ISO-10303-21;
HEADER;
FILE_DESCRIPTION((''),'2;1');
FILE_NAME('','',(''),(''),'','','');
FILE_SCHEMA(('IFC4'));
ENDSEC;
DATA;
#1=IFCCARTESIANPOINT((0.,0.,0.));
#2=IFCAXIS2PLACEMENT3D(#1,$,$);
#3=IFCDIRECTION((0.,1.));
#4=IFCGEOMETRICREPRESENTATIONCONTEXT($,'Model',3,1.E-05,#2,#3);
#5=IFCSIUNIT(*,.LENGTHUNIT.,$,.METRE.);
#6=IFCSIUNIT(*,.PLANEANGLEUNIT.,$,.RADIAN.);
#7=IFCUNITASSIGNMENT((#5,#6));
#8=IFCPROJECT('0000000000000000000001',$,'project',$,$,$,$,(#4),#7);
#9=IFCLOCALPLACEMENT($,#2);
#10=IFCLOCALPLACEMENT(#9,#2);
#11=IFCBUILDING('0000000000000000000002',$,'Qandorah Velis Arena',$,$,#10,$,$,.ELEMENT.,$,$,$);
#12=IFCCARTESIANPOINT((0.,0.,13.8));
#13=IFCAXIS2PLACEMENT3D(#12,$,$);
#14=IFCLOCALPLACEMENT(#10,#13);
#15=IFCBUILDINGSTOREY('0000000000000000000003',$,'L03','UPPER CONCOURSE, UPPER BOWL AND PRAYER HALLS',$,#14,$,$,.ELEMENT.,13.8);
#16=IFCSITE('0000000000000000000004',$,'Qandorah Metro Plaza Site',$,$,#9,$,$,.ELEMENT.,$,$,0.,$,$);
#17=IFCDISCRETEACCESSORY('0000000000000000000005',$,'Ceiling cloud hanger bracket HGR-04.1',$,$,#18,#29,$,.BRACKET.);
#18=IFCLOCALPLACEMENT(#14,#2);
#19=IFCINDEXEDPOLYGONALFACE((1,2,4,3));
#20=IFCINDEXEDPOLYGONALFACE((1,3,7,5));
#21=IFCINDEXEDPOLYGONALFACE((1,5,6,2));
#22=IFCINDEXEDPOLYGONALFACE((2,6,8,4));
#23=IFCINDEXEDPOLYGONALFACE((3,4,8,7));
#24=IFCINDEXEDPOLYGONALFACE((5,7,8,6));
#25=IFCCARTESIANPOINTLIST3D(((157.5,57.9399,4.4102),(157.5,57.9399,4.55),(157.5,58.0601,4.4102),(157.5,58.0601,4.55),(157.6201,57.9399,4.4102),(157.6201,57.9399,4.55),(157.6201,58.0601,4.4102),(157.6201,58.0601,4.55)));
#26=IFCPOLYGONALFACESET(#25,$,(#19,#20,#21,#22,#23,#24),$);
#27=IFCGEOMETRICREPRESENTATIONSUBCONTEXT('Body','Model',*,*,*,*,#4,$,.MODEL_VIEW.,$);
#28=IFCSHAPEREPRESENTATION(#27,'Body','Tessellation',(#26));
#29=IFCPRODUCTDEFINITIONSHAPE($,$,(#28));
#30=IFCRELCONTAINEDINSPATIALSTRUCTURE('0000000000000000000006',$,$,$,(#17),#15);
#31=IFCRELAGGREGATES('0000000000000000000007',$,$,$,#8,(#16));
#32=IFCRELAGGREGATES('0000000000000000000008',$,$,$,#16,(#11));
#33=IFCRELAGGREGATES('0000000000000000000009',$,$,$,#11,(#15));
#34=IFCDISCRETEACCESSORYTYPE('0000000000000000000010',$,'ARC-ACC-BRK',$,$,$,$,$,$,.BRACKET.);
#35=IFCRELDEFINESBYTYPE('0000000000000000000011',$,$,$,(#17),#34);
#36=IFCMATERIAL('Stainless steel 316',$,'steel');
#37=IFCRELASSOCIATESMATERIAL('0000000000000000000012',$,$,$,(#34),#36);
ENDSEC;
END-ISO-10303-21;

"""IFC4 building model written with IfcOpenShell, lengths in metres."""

from ifc_helpers import new_model, si_unit, direction, frame, origin, origin_2d, place, context, subcontext, project, spatial, rectangle, extrude, material, type_object, element, save


model = new_model("IFC4")

# Units and contexts
model_context = context("Model", 3, precision=1e-05, world=origin(), true_north=direction((0.0, 1.0)))
body_context = subcontext(model_context, "Body", "Model", "MODEL_VIEW")
ifc_project = project(units=[si_unit("LENGTHUNIT", "METRE"), si_unit("PLANEANGLEUNIT", "RADIAN")], contexts=[model_context])

# Site, building, storey
site_placement = place(None, origin())
site = spatial("IfcSite", under=ifc_project, at=site_placement, Name="Qandorah Metro Plaza Site", CompositionType="ELEMENT", RefElevation=0.0)
building_placement = place(site_placement, origin())
building = spatial("IfcBuilding", under=site, at=building_placement, Name="Qandorah Velis Arena", CompositionType="ELEMENT")
storey_placement = place(building_placement, frame((0.0, 0.0, 13.8)))
storey = spatial("IfcBuildingStorey", under=building, at=storey_placement, Name="L03", Description="UPPER CONCOURSE, UPPER BOWL AND PRAYER HALLS", CompositionType="ELEMENT", Elevation=13.8)

# Discrete accessory
ifc_material_1 = material(Name="Stainless steel 316", Category="steel")
discrete_accessory_type = type_object("IfcDiscreteAccessoryType", Name="ARC-ACC-BRK", PredefinedType="BRACKET", material=ifc_material_1)
discrete_accessory_placement = place(storey_placement, frame((157.5601, 58.0, 4.4102), z_axis=(0.0, 0.0, 1.0), x_axis=(1.0, 0.0, 0.0)))
element("IfcDiscreteAccessory", 1, at=discrete_accessory_placement, inside=storey, type_object=discrete_accessory_type, Name="Ceiling cloud hanger bracket HGR-04.1", PredefinedType="BRACKET", context=body_context, shape_type="SweptSolid", body=[
    extrude(rectangle(XDim=0.1201, YDim=0.1201, at=origin_2d()), origin(), (0.0, 0.0, 1.0), 0.1399),
])

save(model, "model.ifc")
